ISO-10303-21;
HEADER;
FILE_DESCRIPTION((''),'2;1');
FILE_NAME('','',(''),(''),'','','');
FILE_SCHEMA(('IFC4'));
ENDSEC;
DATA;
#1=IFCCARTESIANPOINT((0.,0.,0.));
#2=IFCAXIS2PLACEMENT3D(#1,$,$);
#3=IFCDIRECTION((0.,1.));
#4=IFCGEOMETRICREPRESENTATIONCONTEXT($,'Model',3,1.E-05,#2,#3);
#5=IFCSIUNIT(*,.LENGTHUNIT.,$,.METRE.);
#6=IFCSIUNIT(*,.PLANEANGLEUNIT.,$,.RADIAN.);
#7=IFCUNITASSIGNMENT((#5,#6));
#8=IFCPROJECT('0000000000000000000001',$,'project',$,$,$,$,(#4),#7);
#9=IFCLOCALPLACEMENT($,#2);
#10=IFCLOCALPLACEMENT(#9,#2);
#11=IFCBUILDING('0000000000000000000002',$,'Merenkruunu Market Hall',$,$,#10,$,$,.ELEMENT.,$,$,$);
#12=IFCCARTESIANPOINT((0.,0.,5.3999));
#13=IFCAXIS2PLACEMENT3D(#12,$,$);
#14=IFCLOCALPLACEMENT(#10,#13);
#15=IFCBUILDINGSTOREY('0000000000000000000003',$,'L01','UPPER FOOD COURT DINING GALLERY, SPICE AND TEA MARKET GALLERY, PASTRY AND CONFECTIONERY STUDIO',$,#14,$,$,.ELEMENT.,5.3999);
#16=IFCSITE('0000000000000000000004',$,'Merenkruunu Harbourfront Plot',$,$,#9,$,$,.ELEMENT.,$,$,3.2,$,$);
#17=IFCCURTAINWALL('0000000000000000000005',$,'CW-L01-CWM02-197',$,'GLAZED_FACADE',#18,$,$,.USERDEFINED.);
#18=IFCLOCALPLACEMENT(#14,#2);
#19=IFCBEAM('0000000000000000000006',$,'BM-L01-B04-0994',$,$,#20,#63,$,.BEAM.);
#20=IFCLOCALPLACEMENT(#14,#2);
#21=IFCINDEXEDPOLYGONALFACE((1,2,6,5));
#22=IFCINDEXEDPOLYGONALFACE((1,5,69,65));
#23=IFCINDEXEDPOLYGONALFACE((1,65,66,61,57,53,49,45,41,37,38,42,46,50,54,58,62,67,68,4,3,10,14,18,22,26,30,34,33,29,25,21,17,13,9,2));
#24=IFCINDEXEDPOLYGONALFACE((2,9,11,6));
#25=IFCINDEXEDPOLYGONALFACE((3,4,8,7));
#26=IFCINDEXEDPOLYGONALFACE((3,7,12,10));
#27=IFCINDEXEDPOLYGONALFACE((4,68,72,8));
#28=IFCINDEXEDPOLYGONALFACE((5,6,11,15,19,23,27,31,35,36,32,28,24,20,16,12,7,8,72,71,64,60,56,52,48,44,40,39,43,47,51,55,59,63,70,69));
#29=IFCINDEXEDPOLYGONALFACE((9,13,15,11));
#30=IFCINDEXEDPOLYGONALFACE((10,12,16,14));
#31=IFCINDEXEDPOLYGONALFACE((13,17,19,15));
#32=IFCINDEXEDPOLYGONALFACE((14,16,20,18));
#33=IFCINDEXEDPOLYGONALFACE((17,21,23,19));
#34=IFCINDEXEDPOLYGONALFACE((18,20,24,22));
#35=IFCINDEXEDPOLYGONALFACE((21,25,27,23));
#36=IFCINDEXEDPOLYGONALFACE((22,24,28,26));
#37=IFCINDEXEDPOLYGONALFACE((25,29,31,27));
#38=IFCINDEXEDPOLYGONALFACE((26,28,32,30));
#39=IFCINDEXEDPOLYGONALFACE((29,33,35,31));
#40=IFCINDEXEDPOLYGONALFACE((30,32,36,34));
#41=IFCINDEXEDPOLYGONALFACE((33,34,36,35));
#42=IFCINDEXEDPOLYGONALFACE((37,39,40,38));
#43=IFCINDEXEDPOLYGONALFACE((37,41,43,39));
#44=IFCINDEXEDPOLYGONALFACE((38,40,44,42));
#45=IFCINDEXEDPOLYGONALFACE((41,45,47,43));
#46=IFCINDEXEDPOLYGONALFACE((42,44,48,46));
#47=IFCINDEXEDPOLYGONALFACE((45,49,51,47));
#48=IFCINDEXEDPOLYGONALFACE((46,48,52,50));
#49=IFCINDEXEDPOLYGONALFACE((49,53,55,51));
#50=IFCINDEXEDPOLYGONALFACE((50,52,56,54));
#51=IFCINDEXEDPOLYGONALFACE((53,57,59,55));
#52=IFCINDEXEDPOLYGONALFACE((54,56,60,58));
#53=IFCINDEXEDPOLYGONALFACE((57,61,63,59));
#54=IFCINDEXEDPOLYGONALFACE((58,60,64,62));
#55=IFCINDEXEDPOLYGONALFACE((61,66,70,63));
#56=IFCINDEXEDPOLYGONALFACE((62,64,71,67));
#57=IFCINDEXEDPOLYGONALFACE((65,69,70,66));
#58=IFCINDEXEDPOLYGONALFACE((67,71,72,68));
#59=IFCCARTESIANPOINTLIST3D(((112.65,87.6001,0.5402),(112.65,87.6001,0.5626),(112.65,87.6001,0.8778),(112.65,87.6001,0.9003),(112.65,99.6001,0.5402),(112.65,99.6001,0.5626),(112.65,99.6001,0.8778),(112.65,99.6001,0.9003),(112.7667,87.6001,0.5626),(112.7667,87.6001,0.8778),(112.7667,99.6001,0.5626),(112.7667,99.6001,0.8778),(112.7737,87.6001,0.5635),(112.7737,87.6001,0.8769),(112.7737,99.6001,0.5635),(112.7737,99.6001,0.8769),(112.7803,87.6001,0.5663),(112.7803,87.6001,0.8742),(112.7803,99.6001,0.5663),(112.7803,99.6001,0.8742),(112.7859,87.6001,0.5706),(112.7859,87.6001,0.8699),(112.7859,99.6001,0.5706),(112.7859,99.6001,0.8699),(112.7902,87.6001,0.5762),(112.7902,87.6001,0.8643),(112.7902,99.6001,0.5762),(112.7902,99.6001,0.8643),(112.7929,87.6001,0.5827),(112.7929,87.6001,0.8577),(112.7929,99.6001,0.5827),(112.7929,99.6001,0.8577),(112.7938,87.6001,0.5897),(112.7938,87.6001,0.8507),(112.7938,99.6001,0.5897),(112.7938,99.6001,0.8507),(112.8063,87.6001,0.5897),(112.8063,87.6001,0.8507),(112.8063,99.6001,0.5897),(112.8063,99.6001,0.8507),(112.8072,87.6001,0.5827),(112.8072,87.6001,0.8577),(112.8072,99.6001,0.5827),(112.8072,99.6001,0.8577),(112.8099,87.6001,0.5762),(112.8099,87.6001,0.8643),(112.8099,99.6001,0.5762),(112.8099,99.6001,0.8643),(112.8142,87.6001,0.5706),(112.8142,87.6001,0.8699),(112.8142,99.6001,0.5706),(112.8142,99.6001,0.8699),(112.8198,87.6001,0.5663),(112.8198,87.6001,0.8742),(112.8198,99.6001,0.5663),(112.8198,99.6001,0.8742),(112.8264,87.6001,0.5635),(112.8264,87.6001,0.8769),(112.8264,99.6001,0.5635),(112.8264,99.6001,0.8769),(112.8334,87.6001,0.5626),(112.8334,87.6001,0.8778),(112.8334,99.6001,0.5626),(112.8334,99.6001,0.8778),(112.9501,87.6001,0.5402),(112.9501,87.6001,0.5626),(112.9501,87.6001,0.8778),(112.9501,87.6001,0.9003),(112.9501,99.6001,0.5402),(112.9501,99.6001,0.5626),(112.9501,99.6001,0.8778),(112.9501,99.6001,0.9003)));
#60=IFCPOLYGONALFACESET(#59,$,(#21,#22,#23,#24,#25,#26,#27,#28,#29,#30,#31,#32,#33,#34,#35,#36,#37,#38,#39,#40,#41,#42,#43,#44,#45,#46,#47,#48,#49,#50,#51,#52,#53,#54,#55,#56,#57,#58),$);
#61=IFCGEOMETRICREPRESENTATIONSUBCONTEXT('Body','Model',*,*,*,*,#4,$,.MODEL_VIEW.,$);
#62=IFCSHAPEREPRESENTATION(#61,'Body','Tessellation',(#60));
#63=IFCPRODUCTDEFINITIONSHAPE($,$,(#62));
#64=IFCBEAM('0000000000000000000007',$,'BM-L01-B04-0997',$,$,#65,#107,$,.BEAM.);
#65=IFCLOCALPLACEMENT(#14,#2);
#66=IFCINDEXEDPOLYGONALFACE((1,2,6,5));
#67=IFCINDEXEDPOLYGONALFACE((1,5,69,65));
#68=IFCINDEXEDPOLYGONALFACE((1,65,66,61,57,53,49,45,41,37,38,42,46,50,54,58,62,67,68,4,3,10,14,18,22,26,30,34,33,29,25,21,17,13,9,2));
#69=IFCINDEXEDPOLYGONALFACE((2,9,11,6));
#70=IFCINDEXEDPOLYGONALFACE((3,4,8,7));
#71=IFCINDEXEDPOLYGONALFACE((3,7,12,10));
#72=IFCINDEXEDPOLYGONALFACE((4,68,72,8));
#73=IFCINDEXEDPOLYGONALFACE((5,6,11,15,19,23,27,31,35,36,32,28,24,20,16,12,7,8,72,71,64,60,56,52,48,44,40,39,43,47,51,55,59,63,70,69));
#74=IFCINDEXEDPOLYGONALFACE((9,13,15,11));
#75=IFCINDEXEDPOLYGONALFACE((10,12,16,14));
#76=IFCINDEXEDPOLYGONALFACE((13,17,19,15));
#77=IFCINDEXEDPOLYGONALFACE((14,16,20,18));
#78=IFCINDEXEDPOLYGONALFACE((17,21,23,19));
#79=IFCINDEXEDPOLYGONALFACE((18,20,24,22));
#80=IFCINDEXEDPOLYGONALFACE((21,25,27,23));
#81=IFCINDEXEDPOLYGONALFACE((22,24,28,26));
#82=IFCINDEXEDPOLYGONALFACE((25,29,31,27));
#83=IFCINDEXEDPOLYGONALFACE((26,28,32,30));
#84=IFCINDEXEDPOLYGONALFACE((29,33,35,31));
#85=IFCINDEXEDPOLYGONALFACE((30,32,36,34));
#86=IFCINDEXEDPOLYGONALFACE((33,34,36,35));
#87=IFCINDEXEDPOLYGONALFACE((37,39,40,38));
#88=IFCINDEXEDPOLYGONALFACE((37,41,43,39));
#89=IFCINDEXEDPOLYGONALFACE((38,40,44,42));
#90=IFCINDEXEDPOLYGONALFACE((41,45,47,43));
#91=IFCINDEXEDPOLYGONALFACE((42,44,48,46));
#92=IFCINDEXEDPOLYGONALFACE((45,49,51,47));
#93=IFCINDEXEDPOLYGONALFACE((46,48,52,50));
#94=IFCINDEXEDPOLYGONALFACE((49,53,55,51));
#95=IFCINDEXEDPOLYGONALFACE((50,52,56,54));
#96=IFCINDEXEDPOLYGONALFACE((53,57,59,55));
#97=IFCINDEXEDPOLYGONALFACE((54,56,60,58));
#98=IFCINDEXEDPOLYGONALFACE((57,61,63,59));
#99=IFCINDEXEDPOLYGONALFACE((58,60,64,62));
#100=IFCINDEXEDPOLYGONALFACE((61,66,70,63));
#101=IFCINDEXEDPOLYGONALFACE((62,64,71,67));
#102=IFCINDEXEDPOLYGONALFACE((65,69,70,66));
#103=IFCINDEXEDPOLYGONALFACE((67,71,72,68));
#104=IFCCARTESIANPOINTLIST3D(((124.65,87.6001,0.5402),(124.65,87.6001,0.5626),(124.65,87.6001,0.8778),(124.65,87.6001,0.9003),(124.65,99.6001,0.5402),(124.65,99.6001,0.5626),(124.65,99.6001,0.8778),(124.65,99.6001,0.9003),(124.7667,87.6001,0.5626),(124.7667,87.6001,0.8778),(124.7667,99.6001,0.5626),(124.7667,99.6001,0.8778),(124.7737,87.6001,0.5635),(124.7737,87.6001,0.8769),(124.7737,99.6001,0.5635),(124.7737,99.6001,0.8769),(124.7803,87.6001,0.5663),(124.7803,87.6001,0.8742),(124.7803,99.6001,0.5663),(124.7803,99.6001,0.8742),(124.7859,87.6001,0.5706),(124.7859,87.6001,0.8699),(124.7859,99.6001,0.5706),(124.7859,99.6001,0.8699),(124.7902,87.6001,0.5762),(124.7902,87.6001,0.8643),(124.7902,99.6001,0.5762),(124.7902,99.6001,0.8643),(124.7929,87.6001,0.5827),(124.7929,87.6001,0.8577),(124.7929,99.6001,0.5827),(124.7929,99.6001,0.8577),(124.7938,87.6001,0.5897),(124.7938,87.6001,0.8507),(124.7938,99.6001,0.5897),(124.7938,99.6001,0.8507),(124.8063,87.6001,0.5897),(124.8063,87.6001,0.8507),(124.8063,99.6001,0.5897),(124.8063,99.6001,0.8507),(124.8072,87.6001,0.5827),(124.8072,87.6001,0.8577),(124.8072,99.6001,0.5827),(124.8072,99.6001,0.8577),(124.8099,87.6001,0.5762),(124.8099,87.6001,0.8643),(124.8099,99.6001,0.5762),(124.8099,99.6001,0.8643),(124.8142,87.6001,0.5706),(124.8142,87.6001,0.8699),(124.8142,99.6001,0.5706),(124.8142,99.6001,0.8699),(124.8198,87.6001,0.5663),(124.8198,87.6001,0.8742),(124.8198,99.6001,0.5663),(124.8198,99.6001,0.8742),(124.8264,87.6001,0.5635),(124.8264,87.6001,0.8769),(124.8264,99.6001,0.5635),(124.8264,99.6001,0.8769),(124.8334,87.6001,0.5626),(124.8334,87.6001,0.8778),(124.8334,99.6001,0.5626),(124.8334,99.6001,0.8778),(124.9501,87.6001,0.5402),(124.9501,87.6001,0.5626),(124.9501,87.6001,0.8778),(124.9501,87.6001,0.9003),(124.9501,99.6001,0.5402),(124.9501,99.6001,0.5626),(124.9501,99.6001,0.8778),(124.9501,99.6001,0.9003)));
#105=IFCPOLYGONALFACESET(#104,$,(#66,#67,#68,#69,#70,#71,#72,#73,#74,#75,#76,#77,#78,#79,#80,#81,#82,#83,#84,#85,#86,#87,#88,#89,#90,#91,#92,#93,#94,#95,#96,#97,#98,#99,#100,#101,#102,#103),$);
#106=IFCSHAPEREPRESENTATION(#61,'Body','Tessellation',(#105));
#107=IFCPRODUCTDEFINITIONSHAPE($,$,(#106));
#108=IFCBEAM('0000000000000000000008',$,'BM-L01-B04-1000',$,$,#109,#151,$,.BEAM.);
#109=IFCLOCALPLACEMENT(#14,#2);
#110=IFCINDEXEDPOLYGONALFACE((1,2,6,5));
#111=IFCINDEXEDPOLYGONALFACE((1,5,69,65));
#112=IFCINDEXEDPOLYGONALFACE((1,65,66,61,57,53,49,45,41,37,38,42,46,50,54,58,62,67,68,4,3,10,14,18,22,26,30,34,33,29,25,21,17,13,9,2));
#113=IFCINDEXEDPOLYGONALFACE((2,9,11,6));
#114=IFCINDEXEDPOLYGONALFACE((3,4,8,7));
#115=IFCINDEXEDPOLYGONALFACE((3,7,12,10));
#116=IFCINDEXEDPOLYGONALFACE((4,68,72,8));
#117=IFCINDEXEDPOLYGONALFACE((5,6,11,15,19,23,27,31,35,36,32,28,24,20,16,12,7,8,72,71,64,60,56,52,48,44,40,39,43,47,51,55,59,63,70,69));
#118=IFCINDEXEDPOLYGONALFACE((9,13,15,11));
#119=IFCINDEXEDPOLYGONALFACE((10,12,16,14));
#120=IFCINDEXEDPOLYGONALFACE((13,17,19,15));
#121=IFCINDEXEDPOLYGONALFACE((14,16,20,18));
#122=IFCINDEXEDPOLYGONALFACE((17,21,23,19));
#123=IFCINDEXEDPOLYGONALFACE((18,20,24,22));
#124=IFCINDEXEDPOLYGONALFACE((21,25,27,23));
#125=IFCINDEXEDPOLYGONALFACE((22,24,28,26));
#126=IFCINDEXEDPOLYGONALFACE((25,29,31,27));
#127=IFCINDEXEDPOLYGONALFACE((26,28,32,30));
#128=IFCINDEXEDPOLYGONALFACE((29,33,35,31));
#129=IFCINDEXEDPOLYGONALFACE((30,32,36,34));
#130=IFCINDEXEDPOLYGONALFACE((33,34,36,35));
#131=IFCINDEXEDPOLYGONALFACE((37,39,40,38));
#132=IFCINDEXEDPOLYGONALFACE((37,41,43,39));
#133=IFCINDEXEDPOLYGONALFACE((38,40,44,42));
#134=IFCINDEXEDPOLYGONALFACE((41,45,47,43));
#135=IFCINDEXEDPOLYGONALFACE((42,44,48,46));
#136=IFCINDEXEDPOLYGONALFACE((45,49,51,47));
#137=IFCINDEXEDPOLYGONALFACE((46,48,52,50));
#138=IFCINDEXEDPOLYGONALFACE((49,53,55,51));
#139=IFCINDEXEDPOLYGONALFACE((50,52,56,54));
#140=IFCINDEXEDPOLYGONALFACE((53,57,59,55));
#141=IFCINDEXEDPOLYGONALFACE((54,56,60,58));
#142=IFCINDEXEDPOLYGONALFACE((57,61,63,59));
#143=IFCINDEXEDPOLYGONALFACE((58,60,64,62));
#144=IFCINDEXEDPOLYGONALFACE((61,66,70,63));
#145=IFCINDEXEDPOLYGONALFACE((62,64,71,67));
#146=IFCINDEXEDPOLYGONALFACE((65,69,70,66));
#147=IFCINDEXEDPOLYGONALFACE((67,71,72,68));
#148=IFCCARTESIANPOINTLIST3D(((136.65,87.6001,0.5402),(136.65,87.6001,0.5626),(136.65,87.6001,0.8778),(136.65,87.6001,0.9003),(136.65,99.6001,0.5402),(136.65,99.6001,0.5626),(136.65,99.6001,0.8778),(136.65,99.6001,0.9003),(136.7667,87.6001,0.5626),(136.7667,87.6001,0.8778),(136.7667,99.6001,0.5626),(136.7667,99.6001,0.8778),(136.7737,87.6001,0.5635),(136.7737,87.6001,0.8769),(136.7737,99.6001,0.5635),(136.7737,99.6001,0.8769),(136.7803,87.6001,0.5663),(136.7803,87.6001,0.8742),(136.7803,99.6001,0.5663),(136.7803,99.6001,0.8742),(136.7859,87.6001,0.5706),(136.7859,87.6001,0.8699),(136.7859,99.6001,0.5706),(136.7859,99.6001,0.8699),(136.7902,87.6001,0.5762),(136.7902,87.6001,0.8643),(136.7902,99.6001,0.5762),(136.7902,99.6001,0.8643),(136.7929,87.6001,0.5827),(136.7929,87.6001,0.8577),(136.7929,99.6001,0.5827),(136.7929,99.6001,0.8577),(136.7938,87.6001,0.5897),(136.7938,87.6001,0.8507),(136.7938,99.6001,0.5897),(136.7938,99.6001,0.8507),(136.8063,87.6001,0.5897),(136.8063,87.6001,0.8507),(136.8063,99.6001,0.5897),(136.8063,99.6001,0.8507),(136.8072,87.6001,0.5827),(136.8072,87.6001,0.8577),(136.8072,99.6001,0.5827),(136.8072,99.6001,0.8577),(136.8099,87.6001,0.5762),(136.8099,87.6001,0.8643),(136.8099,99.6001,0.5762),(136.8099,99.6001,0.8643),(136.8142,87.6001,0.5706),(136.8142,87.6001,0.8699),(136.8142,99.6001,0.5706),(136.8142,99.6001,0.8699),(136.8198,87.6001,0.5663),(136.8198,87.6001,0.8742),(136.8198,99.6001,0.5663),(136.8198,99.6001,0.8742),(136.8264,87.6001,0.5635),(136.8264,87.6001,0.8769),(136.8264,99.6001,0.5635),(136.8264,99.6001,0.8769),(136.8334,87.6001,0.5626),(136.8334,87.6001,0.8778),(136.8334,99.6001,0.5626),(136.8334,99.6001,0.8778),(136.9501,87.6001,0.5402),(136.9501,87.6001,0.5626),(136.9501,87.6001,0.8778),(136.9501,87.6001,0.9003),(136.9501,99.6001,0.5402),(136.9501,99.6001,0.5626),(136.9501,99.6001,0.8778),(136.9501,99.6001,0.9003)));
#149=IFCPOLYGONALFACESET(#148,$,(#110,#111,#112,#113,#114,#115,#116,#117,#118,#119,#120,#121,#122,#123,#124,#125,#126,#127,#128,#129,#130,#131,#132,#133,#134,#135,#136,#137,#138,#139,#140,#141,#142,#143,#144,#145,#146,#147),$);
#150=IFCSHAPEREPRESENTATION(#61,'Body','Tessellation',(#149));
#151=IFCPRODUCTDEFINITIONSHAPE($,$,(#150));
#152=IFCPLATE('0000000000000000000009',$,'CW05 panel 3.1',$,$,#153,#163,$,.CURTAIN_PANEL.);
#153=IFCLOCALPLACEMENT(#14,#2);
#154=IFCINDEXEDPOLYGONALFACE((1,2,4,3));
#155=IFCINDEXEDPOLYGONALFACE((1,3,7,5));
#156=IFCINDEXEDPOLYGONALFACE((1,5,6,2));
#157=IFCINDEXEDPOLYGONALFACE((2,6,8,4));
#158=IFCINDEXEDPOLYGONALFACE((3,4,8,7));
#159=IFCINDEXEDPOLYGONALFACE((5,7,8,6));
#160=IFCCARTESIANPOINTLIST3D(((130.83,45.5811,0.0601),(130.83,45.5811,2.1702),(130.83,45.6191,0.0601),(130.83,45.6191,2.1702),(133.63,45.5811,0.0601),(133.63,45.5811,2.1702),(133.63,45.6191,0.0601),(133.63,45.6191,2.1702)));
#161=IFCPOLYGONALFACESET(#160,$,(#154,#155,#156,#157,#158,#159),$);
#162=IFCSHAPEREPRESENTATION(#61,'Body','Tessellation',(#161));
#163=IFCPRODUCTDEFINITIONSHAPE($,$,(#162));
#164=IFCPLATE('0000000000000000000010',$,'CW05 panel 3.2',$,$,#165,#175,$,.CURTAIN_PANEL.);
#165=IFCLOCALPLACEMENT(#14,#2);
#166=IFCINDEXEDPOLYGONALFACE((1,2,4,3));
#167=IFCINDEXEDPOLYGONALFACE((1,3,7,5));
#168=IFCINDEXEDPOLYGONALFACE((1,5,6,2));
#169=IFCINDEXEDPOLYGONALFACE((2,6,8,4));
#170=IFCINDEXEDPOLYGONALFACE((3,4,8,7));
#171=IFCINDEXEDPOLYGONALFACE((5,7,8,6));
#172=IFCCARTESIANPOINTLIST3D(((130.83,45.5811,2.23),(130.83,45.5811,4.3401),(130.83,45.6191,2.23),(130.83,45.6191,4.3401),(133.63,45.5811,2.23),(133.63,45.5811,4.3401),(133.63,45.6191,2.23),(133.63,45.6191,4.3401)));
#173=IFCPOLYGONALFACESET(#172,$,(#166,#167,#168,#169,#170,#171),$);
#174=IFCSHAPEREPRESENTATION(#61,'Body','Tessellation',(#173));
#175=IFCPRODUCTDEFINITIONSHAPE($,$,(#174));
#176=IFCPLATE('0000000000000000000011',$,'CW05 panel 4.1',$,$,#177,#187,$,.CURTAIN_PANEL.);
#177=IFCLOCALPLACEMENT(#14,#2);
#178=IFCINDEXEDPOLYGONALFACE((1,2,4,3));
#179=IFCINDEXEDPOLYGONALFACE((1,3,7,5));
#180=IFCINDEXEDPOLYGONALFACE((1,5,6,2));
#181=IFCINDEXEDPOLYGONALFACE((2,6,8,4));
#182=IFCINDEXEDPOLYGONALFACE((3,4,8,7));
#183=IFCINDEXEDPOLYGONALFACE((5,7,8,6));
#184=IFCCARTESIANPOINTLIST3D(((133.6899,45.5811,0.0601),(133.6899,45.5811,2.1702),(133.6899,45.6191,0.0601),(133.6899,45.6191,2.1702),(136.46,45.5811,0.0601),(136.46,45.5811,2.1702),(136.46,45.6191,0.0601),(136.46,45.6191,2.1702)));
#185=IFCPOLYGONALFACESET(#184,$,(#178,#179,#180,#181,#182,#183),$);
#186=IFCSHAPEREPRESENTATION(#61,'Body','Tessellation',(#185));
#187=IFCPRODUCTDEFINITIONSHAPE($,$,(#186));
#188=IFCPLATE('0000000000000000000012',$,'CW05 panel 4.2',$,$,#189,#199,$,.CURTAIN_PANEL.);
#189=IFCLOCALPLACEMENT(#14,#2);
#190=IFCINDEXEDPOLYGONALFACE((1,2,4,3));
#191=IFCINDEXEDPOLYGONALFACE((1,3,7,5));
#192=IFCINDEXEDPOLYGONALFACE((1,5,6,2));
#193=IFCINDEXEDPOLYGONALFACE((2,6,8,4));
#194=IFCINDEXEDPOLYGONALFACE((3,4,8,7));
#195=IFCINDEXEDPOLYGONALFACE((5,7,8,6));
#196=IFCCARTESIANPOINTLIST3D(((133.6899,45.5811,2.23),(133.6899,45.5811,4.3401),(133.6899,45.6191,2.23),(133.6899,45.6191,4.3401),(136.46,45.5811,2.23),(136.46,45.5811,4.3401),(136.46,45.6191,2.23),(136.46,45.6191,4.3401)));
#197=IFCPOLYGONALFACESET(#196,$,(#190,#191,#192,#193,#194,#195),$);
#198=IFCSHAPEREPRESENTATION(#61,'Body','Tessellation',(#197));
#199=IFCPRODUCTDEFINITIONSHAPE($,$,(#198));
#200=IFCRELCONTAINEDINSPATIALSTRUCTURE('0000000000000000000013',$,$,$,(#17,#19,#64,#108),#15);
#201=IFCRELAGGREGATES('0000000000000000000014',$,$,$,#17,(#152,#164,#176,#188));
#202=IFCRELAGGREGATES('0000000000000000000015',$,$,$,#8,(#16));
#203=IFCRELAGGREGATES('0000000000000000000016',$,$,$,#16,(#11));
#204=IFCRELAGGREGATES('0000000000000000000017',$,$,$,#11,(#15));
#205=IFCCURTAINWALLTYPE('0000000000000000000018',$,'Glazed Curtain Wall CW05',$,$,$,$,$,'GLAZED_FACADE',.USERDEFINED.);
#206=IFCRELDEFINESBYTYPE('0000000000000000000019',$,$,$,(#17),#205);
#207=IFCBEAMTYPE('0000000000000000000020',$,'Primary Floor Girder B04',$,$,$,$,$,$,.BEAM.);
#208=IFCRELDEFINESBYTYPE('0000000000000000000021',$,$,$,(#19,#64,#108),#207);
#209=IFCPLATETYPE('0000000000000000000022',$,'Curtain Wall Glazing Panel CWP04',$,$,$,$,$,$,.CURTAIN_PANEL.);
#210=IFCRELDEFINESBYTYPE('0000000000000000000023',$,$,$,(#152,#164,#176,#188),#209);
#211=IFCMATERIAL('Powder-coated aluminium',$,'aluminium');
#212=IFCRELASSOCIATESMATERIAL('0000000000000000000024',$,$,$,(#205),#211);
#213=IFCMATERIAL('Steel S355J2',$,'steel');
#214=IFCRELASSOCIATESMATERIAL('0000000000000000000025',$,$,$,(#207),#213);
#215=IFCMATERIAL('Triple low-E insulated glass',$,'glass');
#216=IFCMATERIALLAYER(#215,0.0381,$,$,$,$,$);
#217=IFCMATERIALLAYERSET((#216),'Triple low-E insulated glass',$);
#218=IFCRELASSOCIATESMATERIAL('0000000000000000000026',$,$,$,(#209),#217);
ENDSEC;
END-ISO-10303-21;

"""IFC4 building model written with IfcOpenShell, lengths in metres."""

from ifc_helpers import new_model, si_unit, direction, frame, origin, origin_2d, place, context, subcontext, project, spatial, rectangle, i_section, extrude, material, layer, layer_set, material_profile, profile_set, type_object, element, aggregate, save


model = new_model("IFC4")

# Units and contexts
model_context = context("Model", 3, precision=1e-05, world=origin(), true_north=direction((0.0, 1.0)))
body_context = subcontext(model_context, "Body", "Model", "MODEL_VIEW")
ifc_project = project(units=[si_unit("LENGTHUNIT", "METRE"), si_unit("PLANEANGLEUNIT", "RADIAN")], contexts=[model_context])

# Site, building, storey
site_placement = place(None, origin())
site = spatial("IfcSite", under=ifc_project, at=site_placement, Name="Merenkruunu Harbourfront Plot", CompositionType="ELEMENT", RefElevation=3.2)
building_placement = place(site_placement, origin())
building = spatial("IfcBuilding", under=site, at=building_placement, Name="Merenkruunu Market Hall", CompositionType="ELEMENT")
storey_placement = place(building_placement, frame((0.0, 0.0, 5.3999)))
storey = spatial("IfcBuildingStorey", under=building, at=storey_placement, Name="L01", Description="UPPER FOOD COURT DINING GALLERY, SPICE AND TEA MARKET GALLERY, PASTRY AND CONFECTIONERY STUDIO", CompositionType="ELEMENT", Elevation=5.3999)

# Shared definitions
ifc_material_1 = material(Name="Steel S355J2", Category="steel")

# Curtain wall
ifc_material_2 = material(Name="Powder-coated aluminium", Category="aluminium")
curtain_wall_type = type_object("IfcCurtainWallType", Name="Glazed Curtain Wall CW05", ElementType="GLAZED_FACADE", PredefinedType="USERDEFINED", material=ifc_material_2)
curtain_wall_1_placement = place(storey_placement, origin())
curtain_wall_1 = element("IfcCurtainWall", 1, at=curtain_wall_1_placement, inside=storey, type_object=curtain_wall_type, Name="CW-L01-CWM02-197", ObjectType="GLAZED_FACADE", PredefinedType="USERDEFINED")

# Beams
ifc_material_profile_1 = material_profile(ifc_material_1, i_section(OverallWidth=0.3, OverallDepth=0.3601, WebThickness=0.0125, FlangeThickness=0.0225, FilletRadius=0.0271, at=origin_2d()), Name="HEB 360")
ifc_profile_set_1 = profile_set([ifc_material_profile_1], Name="Steel S355J2")
beam_type_1 = type_object("IfcBeamType", Name="Primary Floor Girder B04", PredefinedType="BEAM", material=ifc_profile_set_1)
for number, where, z_axis, x_axis, name in (
    (2, (112.8, 87.6001, 0.7202), (0.0, 1.0, 0.0), (-1.0, 0.0, 0.0), "BM-L01-B04-0994"),
    (3, (124.8, 87.6001, 0.7202), (0.0, 1.0, 0.0), (-1.0, 0.0, 0.0), "BM-L01-B04-0997"),
    (4, (136.8, 87.6001, 0.7202), (0.0, 1.0, 0.0), (-1.0, 0.0, 0.0), "BM-L01-B04-1000"),
):
    element("IfcBeam", number, at=place(storey_placement, frame(where, z_axis=z_axis, x_axis=x_axis)), inside=storey, type_object=beam_type_1, Name=name, PredefinedType="BEAM", context=body_context, shape_type="SweptSolid", body=[
        extrude(i_section(OverallWidth=0.3, OverallDepth=0.3601, WebThickness=0.0125, FlangeThickness=0.0225, FilletRadius=0.0271, at=origin_2d()), origin(), (0.0, 0.0, 1.0), 12.0),
    ])

# Plates
ifc_material_3 = material(Name="Triple low-E insulated glass", Category="glass")
ifc_layer_1 = layer(ifc_material_3, 0.0381)
ifc_layer_set_1 = layer_set([ifc_layer_1], Name="Triple low-E insulated glass")
plate_type = type_object("IfcPlateType", Name="Curtain Wall Glazing Panel CWP04", PredefinedType="CURTAIN_PANEL", material=ifc_layer_set_1)
plate_1_placement = place(storey_placement, frame((132.23, 45.6001, 0.0601), z_axis=(0.0, 0.0, 1.0), x_axis=(1.0, 0.0, 0.0)))
plate_1 = element("IfcPlate", 5, at=plate_1_placement, type_object=plate_type, Name="CW05 panel 3.1", PredefinedType="CURTAIN_PANEL", context=body_context, shape_type="SweptSolid", body=[
    extrude(rectangle(XDim=2.8, YDim=0.0381, at=origin_2d()), origin(), (0.0, 0.0, 1.0), 2.1101),
])
plate_2_placement = place(storey_placement, frame((132.23, 45.6001, 2.23), z_axis=(0.0, 0.0, 1.0), x_axis=(1.0, 0.0, 0.0)))
plate_2 = element("IfcPlate", 6, at=plate_2_placement, type_object=plate_type, Name="CW05 panel 3.2", PredefinedType="CURTAIN_PANEL", context=body_context, shape_type="SweptSolid", body=[
    extrude(rectangle(XDim=2.8, YDim=0.0381, at=origin_2d()), origin(), (0.0, 0.0, 1.0), 2.1101),
])
plate_3_placement = place(storey_placement, frame((135.075, 45.6001, 0.0601), z_axis=(0.0, 0.0, 1.0), x_axis=(1.0, 0.0, 0.0)))
plate_3 = element("IfcPlate", 7, at=plate_3_placement, type_object=plate_type, Name="CW05 panel 4.1", PredefinedType="CURTAIN_PANEL", context=body_context, shape_type="SweptSolid", body=[
    extrude(rectangle(XDim=2.77, YDim=0.0381, at=origin_2d()), origin(), (0.0, 0.0, 1.0), 2.1101),
])
plate_4_placement = place(storey_placement, frame((135.075, 45.6001, 2.23), z_axis=(0.0, 0.0, 1.0), x_axis=(1.0, 0.0, 0.0)))
plate_4 = element("IfcPlate", 8, at=plate_4_placement, type_object=plate_type, Name="CW05 panel 4.2", PredefinedType="CURTAIN_PANEL", context=body_context, shape_type="SweptSolid", body=[
    extrude(rectangle(XDim=2.77, YDim=0.0381, at=origin_2d()), origin(), (0.0, 0.0, 1.0), 2.1101),
])
aggregate(curtain_wall_1, [plate_1, plate_2, plate_3, plate_4])

save(model, "model.ifc")
